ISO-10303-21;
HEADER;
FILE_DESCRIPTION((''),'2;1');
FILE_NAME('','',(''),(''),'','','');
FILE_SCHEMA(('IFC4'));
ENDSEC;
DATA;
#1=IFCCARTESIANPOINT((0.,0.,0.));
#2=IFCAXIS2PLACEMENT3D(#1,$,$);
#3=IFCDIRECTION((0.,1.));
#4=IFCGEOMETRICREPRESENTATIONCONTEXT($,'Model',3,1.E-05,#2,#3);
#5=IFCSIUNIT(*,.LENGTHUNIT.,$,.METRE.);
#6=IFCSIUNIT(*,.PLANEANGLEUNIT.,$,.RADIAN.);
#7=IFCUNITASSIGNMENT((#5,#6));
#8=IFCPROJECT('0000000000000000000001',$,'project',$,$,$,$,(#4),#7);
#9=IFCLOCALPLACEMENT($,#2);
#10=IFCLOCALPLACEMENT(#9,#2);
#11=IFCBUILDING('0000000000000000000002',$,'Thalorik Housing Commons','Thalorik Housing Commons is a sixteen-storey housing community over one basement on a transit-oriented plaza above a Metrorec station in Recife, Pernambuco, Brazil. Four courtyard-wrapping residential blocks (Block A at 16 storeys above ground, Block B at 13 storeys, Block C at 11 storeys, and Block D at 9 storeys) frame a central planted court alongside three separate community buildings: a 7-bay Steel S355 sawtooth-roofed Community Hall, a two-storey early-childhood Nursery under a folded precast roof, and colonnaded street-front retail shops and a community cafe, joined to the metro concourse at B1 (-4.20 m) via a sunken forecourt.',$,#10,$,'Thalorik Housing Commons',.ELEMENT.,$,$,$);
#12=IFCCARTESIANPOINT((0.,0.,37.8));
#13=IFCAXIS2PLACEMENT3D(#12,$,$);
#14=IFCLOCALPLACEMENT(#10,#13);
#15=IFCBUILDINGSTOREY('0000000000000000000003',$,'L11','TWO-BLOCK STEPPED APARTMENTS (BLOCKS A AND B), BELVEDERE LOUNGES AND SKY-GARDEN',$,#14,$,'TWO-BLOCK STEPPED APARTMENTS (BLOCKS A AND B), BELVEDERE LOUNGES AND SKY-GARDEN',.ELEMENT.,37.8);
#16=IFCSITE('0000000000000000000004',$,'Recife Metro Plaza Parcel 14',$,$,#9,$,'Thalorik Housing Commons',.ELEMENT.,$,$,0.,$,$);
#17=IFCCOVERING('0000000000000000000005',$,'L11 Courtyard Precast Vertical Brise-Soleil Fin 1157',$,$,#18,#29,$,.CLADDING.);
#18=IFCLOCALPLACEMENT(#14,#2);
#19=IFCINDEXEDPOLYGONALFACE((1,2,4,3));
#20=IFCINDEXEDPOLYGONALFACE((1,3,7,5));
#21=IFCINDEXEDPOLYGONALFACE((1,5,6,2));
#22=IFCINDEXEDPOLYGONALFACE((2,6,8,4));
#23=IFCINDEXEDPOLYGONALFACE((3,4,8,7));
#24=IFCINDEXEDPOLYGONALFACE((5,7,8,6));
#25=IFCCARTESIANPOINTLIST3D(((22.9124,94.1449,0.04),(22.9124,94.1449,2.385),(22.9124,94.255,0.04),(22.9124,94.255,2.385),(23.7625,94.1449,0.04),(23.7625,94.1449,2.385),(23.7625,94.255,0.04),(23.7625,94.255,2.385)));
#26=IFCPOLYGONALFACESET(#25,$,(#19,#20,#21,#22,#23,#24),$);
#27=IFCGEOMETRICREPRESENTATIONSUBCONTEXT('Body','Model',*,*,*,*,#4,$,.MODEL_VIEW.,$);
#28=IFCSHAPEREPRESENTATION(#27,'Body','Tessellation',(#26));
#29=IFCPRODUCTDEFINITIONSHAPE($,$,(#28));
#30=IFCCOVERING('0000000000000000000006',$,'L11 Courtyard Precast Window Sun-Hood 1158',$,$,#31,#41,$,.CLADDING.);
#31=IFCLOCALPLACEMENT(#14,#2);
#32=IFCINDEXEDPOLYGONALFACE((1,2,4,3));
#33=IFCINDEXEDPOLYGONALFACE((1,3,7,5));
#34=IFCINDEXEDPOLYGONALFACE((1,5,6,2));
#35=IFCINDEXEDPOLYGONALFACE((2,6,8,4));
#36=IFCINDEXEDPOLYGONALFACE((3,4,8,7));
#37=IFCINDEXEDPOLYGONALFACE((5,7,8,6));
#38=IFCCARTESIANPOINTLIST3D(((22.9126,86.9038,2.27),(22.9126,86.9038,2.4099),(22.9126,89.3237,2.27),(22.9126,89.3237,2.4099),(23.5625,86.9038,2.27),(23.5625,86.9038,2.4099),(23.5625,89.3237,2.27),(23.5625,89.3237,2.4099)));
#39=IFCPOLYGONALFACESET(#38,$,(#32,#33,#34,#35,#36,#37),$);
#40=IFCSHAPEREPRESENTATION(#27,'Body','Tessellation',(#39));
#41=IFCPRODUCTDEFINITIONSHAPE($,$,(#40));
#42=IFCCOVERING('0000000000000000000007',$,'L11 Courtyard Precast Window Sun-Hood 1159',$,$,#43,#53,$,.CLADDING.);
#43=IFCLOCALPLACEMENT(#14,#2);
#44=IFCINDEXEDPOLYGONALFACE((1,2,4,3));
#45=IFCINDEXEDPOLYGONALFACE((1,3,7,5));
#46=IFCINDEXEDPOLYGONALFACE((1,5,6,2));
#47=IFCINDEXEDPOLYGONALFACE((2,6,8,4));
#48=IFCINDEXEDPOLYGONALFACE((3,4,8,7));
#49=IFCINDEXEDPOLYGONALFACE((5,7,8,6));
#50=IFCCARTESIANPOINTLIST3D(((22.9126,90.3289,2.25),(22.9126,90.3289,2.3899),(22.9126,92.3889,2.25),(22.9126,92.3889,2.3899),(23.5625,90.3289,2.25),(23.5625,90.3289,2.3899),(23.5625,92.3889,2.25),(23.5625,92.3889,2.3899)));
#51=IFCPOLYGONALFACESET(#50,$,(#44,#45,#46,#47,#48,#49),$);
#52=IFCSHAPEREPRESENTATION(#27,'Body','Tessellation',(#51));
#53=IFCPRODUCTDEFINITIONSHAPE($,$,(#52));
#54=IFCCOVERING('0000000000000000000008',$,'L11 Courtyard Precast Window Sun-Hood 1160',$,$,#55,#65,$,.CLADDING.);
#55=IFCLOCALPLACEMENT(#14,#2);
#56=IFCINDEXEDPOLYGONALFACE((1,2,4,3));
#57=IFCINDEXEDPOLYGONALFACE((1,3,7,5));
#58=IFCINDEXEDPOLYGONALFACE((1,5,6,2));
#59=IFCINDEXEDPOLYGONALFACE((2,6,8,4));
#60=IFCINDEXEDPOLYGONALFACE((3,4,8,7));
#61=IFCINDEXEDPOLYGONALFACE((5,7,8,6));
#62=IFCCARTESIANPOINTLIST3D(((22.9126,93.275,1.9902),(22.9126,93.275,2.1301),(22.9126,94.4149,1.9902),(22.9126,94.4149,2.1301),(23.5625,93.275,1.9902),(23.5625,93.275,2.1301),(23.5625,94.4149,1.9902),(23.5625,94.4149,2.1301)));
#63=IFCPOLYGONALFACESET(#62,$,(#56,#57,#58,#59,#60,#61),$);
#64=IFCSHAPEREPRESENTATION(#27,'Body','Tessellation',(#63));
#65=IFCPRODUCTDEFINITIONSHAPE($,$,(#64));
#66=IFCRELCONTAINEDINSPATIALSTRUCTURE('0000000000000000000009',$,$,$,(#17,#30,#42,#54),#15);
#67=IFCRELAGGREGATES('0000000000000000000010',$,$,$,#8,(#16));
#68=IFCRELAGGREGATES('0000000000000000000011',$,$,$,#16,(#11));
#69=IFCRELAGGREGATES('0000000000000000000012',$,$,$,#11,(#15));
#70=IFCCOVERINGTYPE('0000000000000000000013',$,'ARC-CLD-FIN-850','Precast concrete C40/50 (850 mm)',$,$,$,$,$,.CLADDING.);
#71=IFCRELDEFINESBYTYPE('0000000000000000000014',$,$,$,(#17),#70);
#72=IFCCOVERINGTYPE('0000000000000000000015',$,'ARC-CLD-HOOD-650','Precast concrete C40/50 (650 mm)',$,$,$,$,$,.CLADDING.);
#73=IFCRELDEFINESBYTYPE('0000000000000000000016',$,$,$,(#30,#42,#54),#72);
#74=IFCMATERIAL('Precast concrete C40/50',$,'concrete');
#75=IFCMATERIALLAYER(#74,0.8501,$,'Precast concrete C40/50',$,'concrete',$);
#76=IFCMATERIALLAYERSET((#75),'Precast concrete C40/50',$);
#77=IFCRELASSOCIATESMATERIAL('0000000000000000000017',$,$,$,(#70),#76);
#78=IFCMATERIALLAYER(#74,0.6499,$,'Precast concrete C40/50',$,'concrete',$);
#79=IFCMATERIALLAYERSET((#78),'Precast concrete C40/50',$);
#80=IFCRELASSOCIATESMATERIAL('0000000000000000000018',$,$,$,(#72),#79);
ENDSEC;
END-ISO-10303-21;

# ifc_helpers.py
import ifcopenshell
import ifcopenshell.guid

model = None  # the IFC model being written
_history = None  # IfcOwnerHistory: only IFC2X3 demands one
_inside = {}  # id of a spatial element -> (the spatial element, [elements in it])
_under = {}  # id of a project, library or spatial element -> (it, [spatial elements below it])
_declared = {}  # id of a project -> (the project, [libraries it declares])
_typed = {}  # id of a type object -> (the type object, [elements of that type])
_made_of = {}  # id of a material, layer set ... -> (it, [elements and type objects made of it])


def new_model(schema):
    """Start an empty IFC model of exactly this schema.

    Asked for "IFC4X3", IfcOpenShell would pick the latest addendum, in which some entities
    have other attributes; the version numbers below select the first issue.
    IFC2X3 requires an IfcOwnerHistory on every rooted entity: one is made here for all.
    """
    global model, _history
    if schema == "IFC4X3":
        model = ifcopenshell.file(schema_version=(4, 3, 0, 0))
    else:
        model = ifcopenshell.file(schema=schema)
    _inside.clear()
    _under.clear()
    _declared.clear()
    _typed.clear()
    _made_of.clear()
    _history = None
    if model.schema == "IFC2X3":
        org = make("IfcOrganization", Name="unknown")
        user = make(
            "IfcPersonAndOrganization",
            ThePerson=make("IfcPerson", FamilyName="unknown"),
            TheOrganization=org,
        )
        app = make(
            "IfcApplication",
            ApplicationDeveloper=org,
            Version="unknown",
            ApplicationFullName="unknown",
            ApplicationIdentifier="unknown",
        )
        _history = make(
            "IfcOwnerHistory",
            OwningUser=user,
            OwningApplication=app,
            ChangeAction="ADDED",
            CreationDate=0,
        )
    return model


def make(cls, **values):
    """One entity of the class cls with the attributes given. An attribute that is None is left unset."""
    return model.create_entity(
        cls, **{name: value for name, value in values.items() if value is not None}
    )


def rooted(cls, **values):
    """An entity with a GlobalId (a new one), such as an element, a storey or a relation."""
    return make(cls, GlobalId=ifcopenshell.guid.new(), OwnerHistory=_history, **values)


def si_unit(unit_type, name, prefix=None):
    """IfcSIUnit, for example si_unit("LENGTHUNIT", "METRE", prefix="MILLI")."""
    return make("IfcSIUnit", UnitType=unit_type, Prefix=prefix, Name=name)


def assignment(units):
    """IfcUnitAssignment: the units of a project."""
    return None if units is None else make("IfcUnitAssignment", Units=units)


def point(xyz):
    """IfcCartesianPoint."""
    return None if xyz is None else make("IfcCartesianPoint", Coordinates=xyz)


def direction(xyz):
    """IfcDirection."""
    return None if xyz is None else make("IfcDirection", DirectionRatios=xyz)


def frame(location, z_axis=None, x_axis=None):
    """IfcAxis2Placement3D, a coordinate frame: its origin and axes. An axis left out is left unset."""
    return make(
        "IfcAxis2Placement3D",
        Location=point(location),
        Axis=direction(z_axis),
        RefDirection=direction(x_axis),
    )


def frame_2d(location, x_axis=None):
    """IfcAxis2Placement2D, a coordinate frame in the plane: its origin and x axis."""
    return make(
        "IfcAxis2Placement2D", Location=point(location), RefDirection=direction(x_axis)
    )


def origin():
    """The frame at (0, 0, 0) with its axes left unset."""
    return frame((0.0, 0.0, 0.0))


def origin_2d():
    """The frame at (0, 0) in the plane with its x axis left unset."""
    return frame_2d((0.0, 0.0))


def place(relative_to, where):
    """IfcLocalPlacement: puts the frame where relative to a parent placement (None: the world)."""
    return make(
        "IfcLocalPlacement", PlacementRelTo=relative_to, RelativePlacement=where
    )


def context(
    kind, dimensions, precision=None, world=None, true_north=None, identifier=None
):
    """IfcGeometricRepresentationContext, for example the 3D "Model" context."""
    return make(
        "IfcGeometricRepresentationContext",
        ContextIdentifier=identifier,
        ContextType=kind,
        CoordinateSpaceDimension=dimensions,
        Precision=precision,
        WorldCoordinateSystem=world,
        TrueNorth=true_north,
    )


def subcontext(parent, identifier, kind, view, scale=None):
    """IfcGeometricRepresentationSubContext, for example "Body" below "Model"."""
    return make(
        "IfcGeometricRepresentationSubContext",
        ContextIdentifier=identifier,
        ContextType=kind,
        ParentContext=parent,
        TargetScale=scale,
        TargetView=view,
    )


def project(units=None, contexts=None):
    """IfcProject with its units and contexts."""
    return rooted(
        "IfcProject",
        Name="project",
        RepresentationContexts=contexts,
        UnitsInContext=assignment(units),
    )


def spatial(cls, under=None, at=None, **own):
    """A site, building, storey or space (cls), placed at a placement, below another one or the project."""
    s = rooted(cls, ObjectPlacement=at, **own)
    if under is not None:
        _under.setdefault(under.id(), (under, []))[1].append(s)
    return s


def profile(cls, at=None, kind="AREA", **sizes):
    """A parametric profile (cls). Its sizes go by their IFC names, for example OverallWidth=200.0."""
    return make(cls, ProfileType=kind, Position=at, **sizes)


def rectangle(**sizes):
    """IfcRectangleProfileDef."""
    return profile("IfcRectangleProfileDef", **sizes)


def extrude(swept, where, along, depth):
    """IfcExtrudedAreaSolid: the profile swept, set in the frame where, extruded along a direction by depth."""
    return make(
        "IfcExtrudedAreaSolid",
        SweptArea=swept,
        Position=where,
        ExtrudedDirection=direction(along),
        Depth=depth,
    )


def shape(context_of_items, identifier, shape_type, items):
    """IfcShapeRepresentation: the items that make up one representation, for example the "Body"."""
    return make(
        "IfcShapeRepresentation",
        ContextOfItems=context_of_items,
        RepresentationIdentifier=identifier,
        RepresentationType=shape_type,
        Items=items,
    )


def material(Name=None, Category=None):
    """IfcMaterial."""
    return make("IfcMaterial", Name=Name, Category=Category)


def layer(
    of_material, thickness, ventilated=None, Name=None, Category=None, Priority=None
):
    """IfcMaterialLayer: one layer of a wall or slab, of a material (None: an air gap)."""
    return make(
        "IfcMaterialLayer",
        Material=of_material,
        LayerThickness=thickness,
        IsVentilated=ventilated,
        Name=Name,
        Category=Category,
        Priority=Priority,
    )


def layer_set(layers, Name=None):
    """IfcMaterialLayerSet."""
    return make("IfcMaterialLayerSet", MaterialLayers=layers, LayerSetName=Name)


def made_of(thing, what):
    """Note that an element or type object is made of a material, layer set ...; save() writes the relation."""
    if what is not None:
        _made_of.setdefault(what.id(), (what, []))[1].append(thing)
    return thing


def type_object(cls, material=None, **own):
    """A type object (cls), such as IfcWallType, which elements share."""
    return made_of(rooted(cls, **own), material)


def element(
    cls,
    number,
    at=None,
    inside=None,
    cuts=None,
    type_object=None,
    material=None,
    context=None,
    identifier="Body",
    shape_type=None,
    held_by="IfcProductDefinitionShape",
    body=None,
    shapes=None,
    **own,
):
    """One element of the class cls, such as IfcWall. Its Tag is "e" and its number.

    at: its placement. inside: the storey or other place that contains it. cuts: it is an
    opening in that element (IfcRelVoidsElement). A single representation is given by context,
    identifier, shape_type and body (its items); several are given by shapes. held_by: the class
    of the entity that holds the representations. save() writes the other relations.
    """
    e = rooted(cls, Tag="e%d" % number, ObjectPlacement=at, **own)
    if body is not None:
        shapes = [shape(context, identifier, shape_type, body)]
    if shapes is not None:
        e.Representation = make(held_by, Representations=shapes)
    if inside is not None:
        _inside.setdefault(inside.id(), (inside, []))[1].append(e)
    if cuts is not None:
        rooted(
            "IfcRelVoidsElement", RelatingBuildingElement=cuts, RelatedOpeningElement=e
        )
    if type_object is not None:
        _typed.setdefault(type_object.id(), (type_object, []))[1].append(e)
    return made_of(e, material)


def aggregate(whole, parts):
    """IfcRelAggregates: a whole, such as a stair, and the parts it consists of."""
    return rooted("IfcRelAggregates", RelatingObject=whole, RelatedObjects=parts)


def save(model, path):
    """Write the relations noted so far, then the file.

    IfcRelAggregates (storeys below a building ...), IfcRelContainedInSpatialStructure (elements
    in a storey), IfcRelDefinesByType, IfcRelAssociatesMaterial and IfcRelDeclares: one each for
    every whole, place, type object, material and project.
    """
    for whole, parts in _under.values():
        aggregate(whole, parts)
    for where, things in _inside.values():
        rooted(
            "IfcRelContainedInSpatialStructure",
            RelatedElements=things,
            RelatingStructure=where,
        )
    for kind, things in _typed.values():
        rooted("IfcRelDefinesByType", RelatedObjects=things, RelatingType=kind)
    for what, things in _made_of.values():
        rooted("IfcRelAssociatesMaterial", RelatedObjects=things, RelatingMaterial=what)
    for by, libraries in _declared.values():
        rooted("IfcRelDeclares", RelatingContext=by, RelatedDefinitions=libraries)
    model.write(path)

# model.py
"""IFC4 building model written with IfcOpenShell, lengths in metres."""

from ifc_helpers import new_model, si_unit, direction, frame, origin, origin_2d, place, context, subcontext, project, spatial, rectangle, extrude, material, layer, layer_set, type_object, element, save


model = new_model("IFC4")

# Units and contexts
model_context = context("Model", 3, precision=1e-05, world=origin(), true_north=direction((0.0, 1.0)))
body_context = subcontext(model_context, "Body", "Model", "MODEL_VIEW")
ifc_project = project(units=[si_unit("LENGTHUNIT", "METRE"), si_unit("PLANEANGLEUNIT", "RADIAN")], contexts=[model_context])

# Site, building, storey
site_placement = place(None, origin())
site = spatial("IfcSite", under=ifc_project, at=site_placement, Name="Recife Metro Plaza Parcel 14", LongName="Thalorik Housing Commons", CompositionType="ELEMENT", RefElevation=0.0)
building_placement = place(site_placement, origin())
building = spatial("IfcBuilding", under=site, at=building_placement, Name="Thalorik Housing Commons", Description="Thalorik Housing Commons is a sixteen-storey housing community over one basement on a transit-oriented plaza above a Metrorec station in Recife, Pernambuco, Brazil. Four courtyard-wrapping residential blocks (Block A at 16 storeys above ground, Block B at 13 storeys, Block C at 11 storeys, and Block D at 9 storeys) frame a central planted court alongside three separate community buildings: a 7-bay Steel S355 sawtooth-roofed Community Hall, a two-storey early-childhood Nursery under a folded precast roof, and colonnaded street-front retail shops and a community cafe, joined to the metro concourse at B1 (-4.20 m) via a sunken forecourt.", LongName="Thalorik Housing Commons", CompositionType="ELEMENT")
storey_placement = place(building_placement, frame((0.0, 0.0, 37.8)))
storey = spatial("IfcBuildingStorey", under=building, at=storey_placement, Name="L11", Description="TWO-BLOCK STEPPED APARTMENTS (BLOCKS A AND B), BELVEDERE LOUNGES AND SKY-GARDEN", LongName="TWO-BLOCK STEPPED APARTMENTS (BLOCKS A AND B), BELVEDERE LOUNGES AND SKY-GARDEN", CompositionType="ELEMENT", Elevation=37.8)

# Shared definitions
ifc_material_1 = material(Name="Precast concrete C40/50", Category="concrete")

# Coverings
ifc_layer_1 = layer(ifc_material_1, 0.8501, Name="Precast concrete C40/50", Category="concrete")
ifc_layer_set_1 = layer_set([ifc_layer_1], Name="Precast concrete C40/50")
covering_type_1 = type_object("IfcCoveringType", Name="ARC-CLD-FIN-850", Description="Precast concrete C40/50 (850 mm)", PredefinedType="CLADDING", material=ifc_layer_set_1)
for number, where, z_axis, x_axis, name in (
    (1, (23.3374, 94.2, 0.04), (0.0, 0.0, 1.0), (0.0, 1.0, 0.0), "L11 Courtyard Precast Vertical Brise-Soleil Fin 1157"),
):
    element("IfcCovering", number, at=place(storey_placement, frame(where, z_axis=z_axis, x_axis=x_axis)), inside=storey, type_object=covering_type_1, Name=name, PredefinedType="CLADDING", context=body_context, shape_type="SweptSolid", body=[
        extrude(rectangle(XDim=0.1101, YDim=0.8501, at=origin_2d()), origin(), (0.0, 0.0, 1.0), 2.345),
    ])
ifc_layer_2 = layer(ifc_material_1, 0.6499, Name="Precast concrete C40/50", Category="concrete")
ifc_layer_set_2 = layer_set([ifc_layer_2], Name="Precast concrete C40/50")
covering_type_2 = type_object("IfcCoveringType", Name="ARC-CLD-HOOD-650", Description="Precast concrete C40/50 (650 mm)", PredefinedType="CLADDING", material=ifc_layer_set_2)
covering_1_placement = place(storey_placement, frame((23.2375, 88.1138, 2.27), z_axis=(0.0, 0.0, 1.0), x_axis=(0.0, 1.0, 0.0)))
element("IfcCovering", 2, at=covering_1_placement, inside=storey, type_object=covering_type_2, Name="L11 Courtyard Precast Window Sun-Hood 1158", PredefinedType="CLADDING", context=body_context, shape_type="SweptSolid", body=[
    extrude(rectangle(XDim=2.4199, YDim=0.6499, at=origin_2d()), origin(), (0.0, 0.0, 1.0), 0.1399),
])
covering_2_placement = place(storey_placement, frame((23.2375, 91.3589, 2.25), z_axis=(0.0, 0.0, 1.0), x_axis=(0.0, 1.0, 0.0)))
element("IfcCovering", 3, at=covering_2_placement, inside=storey, type_object=covering_type_2, Name="L11 Courtyard Precast Window Sun-Hood 1159", PredefinedType="CLADDING", context=body_context, shape_type="SweptSolid", body=[
    extrude(rectangle(XDim=2.0601, YDim=0.6499, at=origin_2d()), origin(), (0.0, 0.0, 1.0), 0.1399),
])
covering_3_placement = place(storey_placement, frame((23.2375, 93.845, 1.9902), z_axis=(0.0, 0.0, 1.0), x_axis=(0.0, 1.0, 0.0)))
element("IfcCovering", 4, at=covering_3_placement, inside=storey, type_object=covering_type_2, Name="L11 Courtyard Precast Window Sun-Hood 1160", PredefinedType="CLADDING", context=body_context, shape_type="SweptSolid", body=[
    extrude(rectangle(XDim=1.1399, YDim=0.6499, at=origin_2d()), origin(), (0.0, 0.0, 1.0), 0.1399),
])

save(model, "model.ifc")
